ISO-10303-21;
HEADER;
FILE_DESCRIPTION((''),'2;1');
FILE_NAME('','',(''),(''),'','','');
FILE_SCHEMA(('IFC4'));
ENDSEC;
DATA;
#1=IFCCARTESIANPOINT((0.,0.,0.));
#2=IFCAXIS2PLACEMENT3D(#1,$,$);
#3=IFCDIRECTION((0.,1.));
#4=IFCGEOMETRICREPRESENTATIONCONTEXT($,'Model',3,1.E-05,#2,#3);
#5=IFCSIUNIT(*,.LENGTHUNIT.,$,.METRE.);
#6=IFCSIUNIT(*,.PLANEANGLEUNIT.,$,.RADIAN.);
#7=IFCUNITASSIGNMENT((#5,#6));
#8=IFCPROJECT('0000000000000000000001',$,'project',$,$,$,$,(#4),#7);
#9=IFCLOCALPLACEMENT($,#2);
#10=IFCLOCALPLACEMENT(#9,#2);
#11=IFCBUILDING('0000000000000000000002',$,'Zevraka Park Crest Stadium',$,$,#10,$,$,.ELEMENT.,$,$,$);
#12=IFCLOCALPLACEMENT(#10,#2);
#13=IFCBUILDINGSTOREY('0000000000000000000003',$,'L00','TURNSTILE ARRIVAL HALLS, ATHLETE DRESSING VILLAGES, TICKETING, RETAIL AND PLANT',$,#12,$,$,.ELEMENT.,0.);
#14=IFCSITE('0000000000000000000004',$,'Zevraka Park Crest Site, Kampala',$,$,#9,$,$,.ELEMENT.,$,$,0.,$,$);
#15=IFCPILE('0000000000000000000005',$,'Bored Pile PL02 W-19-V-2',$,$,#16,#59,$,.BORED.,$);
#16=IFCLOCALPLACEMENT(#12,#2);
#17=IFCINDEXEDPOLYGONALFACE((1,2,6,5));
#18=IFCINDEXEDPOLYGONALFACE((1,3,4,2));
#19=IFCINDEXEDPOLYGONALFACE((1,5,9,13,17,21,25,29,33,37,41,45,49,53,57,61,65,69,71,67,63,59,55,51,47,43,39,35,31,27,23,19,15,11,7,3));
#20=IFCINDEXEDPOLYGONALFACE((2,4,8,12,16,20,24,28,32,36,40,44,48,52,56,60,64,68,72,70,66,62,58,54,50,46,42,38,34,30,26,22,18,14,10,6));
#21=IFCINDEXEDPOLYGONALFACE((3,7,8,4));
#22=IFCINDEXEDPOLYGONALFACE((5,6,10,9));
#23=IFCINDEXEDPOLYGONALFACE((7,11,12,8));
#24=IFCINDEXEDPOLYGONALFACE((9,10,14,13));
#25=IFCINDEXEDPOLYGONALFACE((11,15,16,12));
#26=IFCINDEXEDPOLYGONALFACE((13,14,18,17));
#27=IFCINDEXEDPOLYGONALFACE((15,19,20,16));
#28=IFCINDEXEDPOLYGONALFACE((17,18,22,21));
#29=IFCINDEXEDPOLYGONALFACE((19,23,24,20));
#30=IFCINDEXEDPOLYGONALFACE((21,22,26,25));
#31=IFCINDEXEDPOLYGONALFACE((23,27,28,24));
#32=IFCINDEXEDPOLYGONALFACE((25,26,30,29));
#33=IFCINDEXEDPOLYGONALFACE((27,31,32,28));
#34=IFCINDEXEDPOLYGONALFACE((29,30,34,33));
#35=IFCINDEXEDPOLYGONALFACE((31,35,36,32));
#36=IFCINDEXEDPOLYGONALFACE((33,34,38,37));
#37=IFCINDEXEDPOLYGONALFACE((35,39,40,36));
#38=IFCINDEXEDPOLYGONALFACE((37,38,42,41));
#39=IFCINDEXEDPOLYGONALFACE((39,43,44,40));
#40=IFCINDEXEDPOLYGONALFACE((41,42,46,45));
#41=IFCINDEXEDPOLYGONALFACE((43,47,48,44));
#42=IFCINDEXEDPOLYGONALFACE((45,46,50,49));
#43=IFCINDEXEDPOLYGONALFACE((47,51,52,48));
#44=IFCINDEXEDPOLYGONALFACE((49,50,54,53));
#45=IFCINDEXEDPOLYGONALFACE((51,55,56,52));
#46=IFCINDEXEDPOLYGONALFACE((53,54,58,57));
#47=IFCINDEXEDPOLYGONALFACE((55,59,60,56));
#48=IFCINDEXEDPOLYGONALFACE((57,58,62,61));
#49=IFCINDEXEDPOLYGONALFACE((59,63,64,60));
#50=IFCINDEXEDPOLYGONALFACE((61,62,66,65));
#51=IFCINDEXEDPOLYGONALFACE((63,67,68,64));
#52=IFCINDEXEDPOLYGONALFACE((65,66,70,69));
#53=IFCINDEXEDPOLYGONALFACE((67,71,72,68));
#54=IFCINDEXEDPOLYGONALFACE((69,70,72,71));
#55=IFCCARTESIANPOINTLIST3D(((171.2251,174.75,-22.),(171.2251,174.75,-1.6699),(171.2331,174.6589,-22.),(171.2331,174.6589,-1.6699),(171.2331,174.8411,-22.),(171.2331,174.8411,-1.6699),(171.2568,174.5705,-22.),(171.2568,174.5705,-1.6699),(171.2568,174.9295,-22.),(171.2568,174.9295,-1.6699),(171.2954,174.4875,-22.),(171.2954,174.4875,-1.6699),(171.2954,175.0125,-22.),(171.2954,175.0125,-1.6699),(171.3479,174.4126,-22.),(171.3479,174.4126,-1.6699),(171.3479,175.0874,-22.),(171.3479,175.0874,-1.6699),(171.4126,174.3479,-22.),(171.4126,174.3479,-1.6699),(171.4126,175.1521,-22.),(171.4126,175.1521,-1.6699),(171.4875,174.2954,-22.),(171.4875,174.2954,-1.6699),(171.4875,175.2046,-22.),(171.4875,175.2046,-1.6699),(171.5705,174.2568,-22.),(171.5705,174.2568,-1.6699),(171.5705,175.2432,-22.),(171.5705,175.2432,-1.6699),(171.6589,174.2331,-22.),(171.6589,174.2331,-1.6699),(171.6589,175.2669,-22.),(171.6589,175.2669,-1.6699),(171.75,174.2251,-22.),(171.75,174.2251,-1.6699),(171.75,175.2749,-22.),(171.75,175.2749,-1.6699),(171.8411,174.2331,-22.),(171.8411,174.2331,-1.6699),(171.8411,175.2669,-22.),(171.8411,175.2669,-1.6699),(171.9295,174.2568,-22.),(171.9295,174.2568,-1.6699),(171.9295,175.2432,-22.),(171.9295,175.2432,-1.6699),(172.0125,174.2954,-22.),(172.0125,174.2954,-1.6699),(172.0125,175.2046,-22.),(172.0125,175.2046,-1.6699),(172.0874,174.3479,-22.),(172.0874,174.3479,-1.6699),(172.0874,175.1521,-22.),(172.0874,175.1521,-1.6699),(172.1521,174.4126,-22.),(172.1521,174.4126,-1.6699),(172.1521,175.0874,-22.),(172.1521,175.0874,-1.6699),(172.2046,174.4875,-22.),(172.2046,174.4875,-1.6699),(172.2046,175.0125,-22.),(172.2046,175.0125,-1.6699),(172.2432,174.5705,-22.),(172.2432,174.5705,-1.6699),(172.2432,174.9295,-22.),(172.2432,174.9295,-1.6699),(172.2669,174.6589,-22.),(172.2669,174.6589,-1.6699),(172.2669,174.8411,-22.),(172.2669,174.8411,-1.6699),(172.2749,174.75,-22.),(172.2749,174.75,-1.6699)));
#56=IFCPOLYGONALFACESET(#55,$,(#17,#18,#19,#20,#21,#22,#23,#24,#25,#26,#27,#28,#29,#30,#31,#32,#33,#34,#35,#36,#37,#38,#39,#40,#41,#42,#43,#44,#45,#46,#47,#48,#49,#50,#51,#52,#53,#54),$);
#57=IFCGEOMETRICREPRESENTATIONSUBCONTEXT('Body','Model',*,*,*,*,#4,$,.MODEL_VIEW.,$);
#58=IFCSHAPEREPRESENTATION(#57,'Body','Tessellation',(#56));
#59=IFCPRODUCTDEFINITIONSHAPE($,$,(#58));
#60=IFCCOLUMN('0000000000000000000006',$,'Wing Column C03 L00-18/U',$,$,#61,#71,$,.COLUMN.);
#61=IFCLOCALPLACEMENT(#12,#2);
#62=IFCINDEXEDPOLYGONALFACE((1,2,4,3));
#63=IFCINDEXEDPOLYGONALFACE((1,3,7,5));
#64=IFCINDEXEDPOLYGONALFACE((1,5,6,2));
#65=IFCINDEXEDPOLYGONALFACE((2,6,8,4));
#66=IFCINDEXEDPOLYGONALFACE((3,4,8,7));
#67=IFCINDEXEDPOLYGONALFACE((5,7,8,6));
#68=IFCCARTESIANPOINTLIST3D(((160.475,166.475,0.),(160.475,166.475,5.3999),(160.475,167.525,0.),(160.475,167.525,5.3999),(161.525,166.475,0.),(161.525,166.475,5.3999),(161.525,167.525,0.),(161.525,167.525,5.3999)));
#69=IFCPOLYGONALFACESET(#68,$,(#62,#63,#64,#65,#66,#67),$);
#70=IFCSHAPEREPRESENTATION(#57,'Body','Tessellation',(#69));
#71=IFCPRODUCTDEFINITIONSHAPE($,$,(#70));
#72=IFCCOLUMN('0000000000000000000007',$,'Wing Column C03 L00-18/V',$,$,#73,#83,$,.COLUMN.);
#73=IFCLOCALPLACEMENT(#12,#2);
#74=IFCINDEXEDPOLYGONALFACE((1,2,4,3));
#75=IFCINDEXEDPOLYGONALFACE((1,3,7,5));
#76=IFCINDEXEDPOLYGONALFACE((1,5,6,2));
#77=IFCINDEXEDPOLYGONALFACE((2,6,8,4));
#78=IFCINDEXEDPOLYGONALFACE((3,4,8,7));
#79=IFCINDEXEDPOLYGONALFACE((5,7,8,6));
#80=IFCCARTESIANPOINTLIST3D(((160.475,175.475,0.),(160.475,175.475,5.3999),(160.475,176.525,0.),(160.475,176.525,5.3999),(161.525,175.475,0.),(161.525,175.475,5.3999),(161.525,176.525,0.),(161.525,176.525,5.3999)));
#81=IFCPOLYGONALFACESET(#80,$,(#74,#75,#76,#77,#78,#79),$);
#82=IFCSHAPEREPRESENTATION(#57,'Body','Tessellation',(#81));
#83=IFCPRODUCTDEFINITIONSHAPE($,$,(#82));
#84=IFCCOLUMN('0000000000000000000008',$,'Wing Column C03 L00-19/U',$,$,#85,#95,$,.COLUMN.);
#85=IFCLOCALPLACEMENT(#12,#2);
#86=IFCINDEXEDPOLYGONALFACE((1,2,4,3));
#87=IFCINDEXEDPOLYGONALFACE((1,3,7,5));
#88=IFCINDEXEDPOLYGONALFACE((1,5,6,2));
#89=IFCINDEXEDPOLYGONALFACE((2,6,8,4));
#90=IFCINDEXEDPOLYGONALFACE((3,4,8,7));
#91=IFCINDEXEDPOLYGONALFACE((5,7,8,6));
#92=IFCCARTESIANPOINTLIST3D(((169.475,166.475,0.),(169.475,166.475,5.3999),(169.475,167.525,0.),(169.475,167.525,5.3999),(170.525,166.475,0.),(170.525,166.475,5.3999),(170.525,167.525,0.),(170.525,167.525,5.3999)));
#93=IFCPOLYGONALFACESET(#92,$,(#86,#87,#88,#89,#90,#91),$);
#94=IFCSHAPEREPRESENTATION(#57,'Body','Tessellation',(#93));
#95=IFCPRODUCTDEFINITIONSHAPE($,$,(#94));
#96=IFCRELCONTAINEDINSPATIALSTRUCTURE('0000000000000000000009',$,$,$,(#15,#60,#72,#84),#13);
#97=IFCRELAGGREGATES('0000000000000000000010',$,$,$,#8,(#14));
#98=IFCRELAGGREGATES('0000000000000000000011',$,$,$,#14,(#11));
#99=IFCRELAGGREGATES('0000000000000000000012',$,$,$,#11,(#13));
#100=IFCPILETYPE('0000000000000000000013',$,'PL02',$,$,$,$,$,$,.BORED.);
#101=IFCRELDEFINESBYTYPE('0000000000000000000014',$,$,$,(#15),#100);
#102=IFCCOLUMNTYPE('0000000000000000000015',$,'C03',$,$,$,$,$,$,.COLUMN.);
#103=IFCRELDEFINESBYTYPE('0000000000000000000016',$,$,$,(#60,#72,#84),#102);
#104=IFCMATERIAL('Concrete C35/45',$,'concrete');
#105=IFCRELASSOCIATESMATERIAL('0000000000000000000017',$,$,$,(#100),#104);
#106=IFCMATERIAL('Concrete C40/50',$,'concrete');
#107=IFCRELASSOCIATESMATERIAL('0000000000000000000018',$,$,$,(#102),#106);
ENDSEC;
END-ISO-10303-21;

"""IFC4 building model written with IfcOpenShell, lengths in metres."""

from ifc_helpers import new_model, si_unit, direction, frame, origin, origin_2d, place, context, subcontext, project, spatial, rectangle, circle, extrude, material, material_profile, profile_set, type_object, element, save


model = new_model("IFC4")

# Units and contexts
model_context = context("Model", 3, precision=1e-05, world=origin(), true_north=direction((0.0, 1.0)))
body_context = subcontext(model_context, "Body", "Model", "MODEL_VIEW")
ifc_project = project(units=[si_unit("LENGTHUNIT", "METRE"), si_unit("PLANEANGLEUNIT", "RADIAN")], contexts=[model_context])

# Site, building, storey
site_placement = place(None, origin())
site = spatial("IfcSite", under=ifc_project, at=site_placement, Name="Zevraka Park Crest Site, Kampala", CompositionType="ELEMENT", RefElevation=0.0)
building_placement = place(site_placement, origin())
building = spatial("IfcBuilding", under=site, at=building_placement, Name="Zevraka Park Crest Stadium", CompositionType="ELEMENT")
storey_placement = place(building_placement, origin())
storey = spatial("IfcBuildingStorey", under=building, at=storey_placement, Name="L00", Description="TURNSTILE ARRIVAL HALLS, ATHLETE DRESSING VILLAGES, TICKETING, RETAIL AND PLANT", CompositionType="ELEMENT", Elevation=0.0)

# Pile
ifc_material_1 = material(Name="Concrete C35/45", Category="concrete")
ifc_material_profile_1 = material_profile(ifc_material_1, circle(Radius=0.5249, at=origin_2d()), Name="PILE D1050")
ifc_profile_set_1 = profile_set([ifc_material_profile_1], Name="Concrete C35/45")
pile_type_1 = type_object("IfcPileType", Name="PL02", PredefinedType="BORED", material=ifc_profile_set_1)
for number, where, z_axis, x_axis, name in (
    (1, (171.75, 174.75, -1.6699), (0.0, 0.0, -1.0), (1.0, 0.0, 0.0), "Bored Pile PL02 W-19-V-2"),
):
    element("IfcPile", number, at=place(storey_placement, frame(where, z_axis=z_axis, x_axis=x_axis)), inside=storey, type_object=pile_type_1, Name=name, PredefinedType="BORED", context=body_context, shape_type="SweptSolid", body=[
        extrude(circle(Radius=0.5249, at=origin_2d()), origin(), (0.0, 0.0, 1.0), 20.3301),
    ])

# Columns
ifc_material_2 = material(Name="Concrete C40/50", Category="concrete")
ifc_material_profile_2 = material_profile(ifc_material_2, rectangle(XDim=1.05, YDim=1.05, at=origin_2d()), Name="RC 1050x1050")
ifc_profile_set_2 = profile_set([ifc_material_profile_2], Name="Concrete C40/50")
column_type = type_object("IfcColumnType", Name="C03", PredefinedType="COLUMN", material=ifc_profile_set_2)
for number, where, z_axis, x_axis, name in (
    (2, (161.0, 167.0, 0.0), (0.0, 0.0, 1.0), (1.0, 0.0, 0.0), "Wing Column C03 L00-18/U"),
    (3, (161.0, 176.0, 0.0), (0.0, 0.0, 1.0), (1.0, 0.0, 0.0), "Wing Column C03 L00-18/V"),
    (4, (170.0, 167.0, 0.0), (0.0, 0.0, 1.0), (1.0, 0.0, 0.0), "Wing Column C03 L00-19/U"),
):
    element("IfcColumn", number, at=place(storey_placement, frame(where, z_axis=z_axis, x_axis=x_axis)), inside=storey, type_object=column_type, Name=name, PredefinedType="COLUMN", context=body_context, shape_type="SweptSolid", body=[
        extrude(rectangle(XDim=1.05, YDim=1.05, at=origin_2d()), origin(), (0.0, 0.0, 1.0), 5.3999),
    ])

save(model, "model.ifc")
